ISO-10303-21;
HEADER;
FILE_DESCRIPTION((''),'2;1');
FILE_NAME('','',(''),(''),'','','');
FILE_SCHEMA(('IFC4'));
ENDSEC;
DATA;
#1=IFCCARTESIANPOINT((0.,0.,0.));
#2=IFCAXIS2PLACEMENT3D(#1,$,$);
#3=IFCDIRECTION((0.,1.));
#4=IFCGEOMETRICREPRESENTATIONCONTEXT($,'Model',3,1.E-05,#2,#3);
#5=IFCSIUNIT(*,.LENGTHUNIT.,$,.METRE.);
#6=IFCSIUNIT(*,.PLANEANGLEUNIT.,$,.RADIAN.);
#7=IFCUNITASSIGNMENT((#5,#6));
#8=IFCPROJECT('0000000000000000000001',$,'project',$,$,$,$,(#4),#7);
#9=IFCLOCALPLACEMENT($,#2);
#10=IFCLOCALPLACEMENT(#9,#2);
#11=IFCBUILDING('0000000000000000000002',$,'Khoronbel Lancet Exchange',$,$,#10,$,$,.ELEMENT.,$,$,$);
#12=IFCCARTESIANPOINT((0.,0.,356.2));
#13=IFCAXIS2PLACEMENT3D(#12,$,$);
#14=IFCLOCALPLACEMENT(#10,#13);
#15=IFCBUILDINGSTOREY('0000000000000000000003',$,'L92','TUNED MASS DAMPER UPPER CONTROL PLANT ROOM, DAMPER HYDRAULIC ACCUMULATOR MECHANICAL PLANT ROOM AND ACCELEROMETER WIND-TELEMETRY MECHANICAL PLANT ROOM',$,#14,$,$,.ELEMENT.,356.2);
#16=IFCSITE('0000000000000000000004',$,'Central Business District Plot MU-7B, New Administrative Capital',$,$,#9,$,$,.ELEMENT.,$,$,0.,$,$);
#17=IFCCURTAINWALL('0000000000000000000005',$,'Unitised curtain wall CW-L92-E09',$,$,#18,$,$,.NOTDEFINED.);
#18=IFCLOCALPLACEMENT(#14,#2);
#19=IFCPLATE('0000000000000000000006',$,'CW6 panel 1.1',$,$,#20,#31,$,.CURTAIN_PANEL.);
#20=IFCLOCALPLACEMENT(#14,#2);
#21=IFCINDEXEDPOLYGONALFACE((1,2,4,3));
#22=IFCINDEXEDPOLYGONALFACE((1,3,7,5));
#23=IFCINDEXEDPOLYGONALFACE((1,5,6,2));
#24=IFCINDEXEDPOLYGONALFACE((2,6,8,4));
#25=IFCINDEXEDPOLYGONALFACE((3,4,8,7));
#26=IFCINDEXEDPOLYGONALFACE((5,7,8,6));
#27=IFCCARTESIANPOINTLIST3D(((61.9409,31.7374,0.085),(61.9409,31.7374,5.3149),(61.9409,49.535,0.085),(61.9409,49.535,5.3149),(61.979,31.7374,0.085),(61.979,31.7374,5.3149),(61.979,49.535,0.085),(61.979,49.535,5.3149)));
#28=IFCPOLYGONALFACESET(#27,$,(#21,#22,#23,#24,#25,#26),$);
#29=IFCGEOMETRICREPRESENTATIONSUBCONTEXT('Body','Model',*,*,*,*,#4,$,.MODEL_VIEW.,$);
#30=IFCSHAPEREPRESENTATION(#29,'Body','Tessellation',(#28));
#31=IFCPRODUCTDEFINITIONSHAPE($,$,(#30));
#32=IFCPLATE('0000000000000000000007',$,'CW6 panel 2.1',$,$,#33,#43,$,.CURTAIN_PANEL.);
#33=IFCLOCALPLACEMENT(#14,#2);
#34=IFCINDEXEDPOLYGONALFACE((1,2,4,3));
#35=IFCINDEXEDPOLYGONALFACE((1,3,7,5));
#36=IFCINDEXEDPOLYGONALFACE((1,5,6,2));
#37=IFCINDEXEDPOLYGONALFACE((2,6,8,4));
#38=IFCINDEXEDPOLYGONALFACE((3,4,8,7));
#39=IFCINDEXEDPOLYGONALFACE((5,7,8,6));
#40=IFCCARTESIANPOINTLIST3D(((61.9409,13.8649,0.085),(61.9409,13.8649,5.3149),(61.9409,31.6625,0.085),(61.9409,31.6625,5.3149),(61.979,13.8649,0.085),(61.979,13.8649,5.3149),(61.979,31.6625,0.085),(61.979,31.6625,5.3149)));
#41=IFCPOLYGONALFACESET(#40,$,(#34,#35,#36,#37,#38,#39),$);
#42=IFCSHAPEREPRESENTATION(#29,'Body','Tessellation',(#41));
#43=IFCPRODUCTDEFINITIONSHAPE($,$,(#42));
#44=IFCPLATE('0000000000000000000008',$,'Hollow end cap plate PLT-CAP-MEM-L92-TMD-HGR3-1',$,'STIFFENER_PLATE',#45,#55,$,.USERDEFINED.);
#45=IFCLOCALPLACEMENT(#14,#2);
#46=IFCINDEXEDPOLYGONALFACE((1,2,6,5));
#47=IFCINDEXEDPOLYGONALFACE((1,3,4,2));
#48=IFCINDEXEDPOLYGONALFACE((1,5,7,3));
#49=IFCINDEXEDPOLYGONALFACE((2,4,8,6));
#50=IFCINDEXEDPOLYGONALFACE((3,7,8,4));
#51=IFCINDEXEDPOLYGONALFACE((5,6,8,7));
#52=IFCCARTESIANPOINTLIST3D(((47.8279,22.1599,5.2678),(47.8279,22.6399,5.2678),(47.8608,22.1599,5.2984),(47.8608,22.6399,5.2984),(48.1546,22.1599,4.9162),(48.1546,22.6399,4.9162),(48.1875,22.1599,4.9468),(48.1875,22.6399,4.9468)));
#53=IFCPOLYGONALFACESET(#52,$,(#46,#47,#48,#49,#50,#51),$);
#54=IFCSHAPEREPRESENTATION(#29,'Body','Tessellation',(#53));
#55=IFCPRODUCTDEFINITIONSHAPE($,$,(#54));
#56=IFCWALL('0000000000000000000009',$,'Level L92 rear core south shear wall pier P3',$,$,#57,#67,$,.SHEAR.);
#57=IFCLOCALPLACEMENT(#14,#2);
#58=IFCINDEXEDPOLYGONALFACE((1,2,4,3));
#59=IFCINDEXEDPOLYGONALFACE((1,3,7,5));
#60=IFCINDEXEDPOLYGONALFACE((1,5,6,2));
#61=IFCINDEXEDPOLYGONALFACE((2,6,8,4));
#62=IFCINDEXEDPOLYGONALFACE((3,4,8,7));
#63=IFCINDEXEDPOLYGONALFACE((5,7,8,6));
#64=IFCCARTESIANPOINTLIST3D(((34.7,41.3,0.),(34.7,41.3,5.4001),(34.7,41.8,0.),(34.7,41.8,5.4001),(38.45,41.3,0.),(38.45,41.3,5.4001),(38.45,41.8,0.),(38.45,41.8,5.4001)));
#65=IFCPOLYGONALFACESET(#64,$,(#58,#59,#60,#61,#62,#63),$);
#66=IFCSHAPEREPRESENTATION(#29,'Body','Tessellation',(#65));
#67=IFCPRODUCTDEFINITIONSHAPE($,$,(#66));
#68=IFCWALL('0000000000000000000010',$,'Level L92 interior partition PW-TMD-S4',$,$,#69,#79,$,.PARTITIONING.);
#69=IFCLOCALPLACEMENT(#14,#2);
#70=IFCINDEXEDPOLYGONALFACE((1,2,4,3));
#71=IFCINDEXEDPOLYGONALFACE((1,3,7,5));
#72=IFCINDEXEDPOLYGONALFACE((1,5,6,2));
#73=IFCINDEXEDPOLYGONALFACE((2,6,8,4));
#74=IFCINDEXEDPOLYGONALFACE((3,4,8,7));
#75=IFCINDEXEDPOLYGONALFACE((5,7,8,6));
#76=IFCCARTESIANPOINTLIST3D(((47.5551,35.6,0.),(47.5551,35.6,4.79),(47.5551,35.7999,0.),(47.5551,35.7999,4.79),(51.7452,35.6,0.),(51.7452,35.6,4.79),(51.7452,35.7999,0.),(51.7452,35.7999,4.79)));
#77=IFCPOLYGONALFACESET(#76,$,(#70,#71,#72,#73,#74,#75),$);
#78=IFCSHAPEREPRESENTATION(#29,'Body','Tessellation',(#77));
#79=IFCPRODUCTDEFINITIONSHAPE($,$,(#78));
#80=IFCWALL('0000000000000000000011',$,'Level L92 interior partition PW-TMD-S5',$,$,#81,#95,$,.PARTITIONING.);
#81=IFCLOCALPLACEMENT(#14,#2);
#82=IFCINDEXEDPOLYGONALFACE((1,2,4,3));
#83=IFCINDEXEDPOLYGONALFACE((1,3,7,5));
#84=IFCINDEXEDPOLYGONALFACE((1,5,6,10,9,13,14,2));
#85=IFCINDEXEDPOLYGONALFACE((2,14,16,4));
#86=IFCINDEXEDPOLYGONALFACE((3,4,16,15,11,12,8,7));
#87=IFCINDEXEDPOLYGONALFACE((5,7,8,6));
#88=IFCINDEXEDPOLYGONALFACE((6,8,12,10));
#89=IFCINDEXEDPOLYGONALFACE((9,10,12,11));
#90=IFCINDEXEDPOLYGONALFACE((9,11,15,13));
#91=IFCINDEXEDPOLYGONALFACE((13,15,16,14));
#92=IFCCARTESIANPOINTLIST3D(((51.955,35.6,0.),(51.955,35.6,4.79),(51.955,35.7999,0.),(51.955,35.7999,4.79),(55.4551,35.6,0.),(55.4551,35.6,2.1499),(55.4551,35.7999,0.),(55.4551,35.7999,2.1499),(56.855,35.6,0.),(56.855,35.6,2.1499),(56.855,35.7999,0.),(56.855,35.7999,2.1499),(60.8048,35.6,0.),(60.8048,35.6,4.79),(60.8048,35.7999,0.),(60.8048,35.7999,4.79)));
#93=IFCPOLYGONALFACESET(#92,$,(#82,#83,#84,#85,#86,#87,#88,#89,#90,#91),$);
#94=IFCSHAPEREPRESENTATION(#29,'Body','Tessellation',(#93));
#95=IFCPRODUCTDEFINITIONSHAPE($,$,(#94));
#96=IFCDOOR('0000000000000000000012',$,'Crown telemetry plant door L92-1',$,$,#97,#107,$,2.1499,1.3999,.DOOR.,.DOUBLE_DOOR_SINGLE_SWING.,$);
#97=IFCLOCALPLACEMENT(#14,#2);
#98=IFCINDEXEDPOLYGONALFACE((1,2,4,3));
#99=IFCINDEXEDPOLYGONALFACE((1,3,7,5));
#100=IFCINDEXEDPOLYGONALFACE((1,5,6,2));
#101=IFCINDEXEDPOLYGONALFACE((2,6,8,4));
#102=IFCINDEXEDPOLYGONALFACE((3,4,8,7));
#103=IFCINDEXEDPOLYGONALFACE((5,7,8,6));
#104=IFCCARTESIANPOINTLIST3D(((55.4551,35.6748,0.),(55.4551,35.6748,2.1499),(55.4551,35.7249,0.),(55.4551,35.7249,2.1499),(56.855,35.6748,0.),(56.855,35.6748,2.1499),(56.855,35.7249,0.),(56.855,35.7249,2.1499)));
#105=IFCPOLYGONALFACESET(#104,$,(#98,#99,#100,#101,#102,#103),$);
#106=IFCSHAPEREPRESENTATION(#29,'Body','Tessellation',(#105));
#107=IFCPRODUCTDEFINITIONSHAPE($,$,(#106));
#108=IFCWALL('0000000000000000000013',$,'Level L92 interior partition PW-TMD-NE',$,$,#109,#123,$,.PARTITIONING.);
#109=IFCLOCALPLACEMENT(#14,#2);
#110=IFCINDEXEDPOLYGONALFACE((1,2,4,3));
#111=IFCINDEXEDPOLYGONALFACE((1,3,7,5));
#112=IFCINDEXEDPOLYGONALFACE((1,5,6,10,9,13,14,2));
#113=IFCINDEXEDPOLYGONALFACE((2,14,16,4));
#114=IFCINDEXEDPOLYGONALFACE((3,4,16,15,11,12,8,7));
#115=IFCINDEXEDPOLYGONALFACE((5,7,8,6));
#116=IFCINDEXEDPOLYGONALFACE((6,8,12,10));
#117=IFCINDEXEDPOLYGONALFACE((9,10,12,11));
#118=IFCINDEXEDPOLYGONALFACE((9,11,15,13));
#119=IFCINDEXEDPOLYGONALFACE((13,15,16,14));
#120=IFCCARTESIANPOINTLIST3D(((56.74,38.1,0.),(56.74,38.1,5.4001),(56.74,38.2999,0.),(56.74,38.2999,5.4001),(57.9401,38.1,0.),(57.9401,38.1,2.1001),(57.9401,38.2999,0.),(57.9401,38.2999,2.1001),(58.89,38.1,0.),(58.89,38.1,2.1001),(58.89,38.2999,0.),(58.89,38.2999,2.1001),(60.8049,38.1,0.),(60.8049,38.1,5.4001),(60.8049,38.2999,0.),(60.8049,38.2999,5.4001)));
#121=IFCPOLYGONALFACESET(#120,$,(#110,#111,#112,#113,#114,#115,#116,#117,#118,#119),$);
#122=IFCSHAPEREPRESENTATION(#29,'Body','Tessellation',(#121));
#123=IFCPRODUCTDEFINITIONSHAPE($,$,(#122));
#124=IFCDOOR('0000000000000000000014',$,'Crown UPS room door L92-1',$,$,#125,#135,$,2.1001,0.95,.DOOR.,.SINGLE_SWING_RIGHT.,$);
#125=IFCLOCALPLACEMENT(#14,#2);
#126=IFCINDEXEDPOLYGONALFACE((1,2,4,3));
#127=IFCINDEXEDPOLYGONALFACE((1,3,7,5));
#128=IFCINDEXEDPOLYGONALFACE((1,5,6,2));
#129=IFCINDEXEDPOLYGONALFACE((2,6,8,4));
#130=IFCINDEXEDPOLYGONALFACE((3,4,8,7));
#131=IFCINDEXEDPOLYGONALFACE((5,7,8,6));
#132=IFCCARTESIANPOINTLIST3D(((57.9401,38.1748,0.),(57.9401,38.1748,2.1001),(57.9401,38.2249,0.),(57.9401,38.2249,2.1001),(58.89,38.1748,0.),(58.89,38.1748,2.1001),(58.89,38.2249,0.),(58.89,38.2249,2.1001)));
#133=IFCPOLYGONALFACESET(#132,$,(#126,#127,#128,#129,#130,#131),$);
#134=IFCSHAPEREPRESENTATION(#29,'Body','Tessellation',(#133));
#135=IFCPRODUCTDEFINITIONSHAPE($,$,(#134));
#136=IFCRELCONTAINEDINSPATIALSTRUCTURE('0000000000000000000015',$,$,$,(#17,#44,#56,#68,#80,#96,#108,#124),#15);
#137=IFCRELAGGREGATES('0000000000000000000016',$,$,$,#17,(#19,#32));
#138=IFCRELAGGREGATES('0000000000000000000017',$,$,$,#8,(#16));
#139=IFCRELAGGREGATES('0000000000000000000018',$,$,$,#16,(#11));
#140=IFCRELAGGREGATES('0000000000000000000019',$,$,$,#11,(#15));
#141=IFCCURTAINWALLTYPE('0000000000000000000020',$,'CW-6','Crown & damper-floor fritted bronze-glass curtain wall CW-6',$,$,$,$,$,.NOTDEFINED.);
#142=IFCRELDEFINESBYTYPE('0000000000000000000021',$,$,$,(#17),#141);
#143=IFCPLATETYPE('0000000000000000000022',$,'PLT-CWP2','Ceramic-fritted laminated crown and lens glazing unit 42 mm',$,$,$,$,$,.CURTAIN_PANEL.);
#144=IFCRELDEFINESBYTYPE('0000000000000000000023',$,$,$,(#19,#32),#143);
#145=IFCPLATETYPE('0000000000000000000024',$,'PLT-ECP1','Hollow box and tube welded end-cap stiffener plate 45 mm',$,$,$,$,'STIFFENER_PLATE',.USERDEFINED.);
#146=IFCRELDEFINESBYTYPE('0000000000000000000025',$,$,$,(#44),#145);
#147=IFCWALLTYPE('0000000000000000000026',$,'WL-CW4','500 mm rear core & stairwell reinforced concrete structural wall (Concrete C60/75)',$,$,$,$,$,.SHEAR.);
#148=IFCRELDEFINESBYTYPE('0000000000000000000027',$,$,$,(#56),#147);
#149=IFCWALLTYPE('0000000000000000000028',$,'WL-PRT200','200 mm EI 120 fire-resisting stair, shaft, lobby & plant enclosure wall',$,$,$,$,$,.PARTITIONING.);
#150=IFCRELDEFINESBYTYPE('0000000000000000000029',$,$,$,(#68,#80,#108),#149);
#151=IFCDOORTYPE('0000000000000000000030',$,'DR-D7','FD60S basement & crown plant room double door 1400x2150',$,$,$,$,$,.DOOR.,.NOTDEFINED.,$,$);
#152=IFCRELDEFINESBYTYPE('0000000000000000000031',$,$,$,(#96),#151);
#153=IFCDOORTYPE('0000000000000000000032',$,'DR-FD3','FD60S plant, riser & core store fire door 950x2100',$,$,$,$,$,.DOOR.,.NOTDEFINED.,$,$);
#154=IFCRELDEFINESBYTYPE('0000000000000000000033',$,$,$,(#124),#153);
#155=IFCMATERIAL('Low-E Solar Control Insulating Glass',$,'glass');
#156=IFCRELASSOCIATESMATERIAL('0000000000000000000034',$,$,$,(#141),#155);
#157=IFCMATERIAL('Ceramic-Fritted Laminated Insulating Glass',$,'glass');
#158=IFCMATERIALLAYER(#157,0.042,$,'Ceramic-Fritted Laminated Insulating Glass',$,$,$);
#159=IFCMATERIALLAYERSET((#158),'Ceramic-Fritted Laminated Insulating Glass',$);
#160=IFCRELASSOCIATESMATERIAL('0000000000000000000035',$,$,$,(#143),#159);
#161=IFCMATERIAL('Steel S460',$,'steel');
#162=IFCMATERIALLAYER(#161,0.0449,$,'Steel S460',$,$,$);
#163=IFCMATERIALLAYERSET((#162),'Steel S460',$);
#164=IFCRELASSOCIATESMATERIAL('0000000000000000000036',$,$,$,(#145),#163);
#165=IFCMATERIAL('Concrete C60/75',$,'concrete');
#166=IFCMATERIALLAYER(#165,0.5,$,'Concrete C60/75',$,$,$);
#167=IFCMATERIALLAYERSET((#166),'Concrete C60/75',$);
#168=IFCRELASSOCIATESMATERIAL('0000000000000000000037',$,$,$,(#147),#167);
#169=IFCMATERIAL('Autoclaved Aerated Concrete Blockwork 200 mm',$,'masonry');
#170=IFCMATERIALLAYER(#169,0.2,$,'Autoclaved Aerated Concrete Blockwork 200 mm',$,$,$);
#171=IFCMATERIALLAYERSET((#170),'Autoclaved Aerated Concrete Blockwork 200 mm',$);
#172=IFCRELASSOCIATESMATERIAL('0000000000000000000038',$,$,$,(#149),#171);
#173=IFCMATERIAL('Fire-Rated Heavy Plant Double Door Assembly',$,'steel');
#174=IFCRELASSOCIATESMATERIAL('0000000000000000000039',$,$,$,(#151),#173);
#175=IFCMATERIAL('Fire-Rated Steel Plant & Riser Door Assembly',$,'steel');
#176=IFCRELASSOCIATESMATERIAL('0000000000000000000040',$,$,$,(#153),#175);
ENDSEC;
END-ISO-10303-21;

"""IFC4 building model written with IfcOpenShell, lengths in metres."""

from ifc_helpers import new_model, si_unit, direction, frame, frame_2d, origin, origin_2d, place, context, subcontext, project, spatial, polyline, rectangle, outline, extrude, material, layer, layer_set, type_object, element, fill, aggregate, save


model = new_model("IFC4")

# Units and contexts
model_context = context("Model", 3, precision=1e-05, world=origin(), true_north=direction((0.0, 1.0)))
body_context = subcontext(model_context, "Body", "Model", "MODEL_VIEW")
ifc_project = project(units=[si_unit("LENGTHUNIT", "METRE"), si_unit("PLANEANGLEUNIT", "RADIAN")], contexts=[model_context])

# Site, building, storey
site_placement = place(None, origin())
site = spatial("IfcSite", under=ifc_project, at=site_placement, Name="Central Business District Plot MU-7B, New Administrative Capital", CompositionType="ELEMENT", RefElevation=0.0)
building_placement = place(site_placement, origin())
building = spatial("IfcBuilding", under=site, at=building_placement, Name="Khoronbel Lancet Exchange", CompositionType="ELEMENT")
storey_placement = place(building_placement, frame((0.0, 0.0, 356.2)))
storey = spatial("IfcBuildingStorey", under=building, at=storey_placement, Name="L92", Description="TUNED MASS DAMPER UPPER CONTROL PLANT ROOM, DAMPER HYDRAULIC ACCUMULATOR MECHANICAL PLANT ROOM AND ACCELEROMETER WIND-TELEMETRY MECHANICAL PLANT ROOM", CompositionType="ELEMENT", Elevation=356.2)

# Shared definitions
ifc_material_1 = material(Name="Concrete C60/75", Category="concrete")

# Curtain wall
ifc_material_2 = material(Name="Low-E Solar Control Insulating Glass", Category="glass")
curtain_wall_type = type_object("IfcCurtainWallType", Name="CW-6", Description="Crown & damper-floor fritted bronze-glass curtain wall CW-6", PredefinedType="NOTDEFINED", material=ifc_material_2)
curtain_wall_placement = place(storey_placement, origin())
curtain_wall = element("IfcCurtainWall", 1, at=curtain_wall_placement, inside=storey, type_object=curtain_wall_type, Name="Unitised curtain wall CW-L92-E09", PredefinedType="NOTDEFINED")

# Plates
ifc_material_3 = material(Name="Ceramic-Fritted Laminated Insulating Glass", Category="glass")
ifc_layer_1 = layer(ifc_material_3, 0.042, Name="Ceramic-Fritted Laminated Insulating Glass")
ifc_layer_set_1 = layer_set([ifc_layer_1], Name="Ceramic-Fritted Laminated Insulating Glass")
plate_type_1 = type_object("IfcPlateType", Name="PLT-CWP2", Description="Ceramic-fritted laminated crown and lens glazing unit 42 mm", PredefinedType="CURTAIN_PANEL", material=ifc_layer_set_1)
plate_1_placement = place(storey_placement, frame((61.96, 40.6362, 0.085), z_axis=(0.0, 0.0, 1.0), x_axis=(0.0, -1.0, 0.0)))
plate_1 = element("IfcPlate", 2, at=plate_1_placement, type_object=plate_type_1, Name="CW6 panel 1.1", PredefinedType="CURTAIN_PANEL", context=body_context, shape_type="SweptSolid", body=[
    extrude(rectangle(XDim=17.7976, YDim=0.0381, at=origin_2d()), origin(), (0.0, 0.0, 1.0), 5.23),
])
plate_2_placement = place(storey_placement, frame((61.96, 22.7637, 0.085), z_axis=(0.0, 0.0, 1.0), x_axis=(0.0, -1.0, 0.0)))
plate_2 = element("IfcPlate", 3, at=plate_2_placement, type_object=plate_type_1, Name="CW6 panel 2.1", PredefinedType="CURTAIN_PANEL", context=body_context, shape_type="SweptSolid", body=[
    extrude(rectangle(XDim=17.7976, YDim=0.0381, at=origin_2d()), origin(), (0.0, 0.0, 1.0), 5.23),
])
aggregate(curtain_wall, [plate_1, plate_2])
ifc_material_4 = material(Name="Steel S460", Category="steel")
ifc_layer_2 = layer(ifc_material_4, 0.0449, Name="Steel S460")
ifc_layer_set_2 = layer_set([ifc_layer_2], Name="Steel S460")
plate_type_2 = type_object("IfcPlateType", Name="PLT-ECP1", Description="Hollow box and tube welded end-cap stiffener plate 45 mm", ElementType="STIFFENER_PLATE", PredefinedType="USERDEFINED", material=ifc_layer_set_2)
plate_3_placement = place(storey_placement, frame((48.1875, 22.1599, 4.9468), z_axis=(0.732576, 0.0, 0.680685), x_axis=(0.0, 1.0, 0.0)))
element("IfcPlate", 4, at=plate_3_placement, inside=storey, type_object=plate_type_2, Name="Hollow end cap plate PLT-CAP-MEM-L92-TMD-HGR3-1", ObjectType="STIFFENER_PLATE", PredefinedType="USERDEFINED", context=body_context, shape_type="SweptSolid", body=[
    extrude(outline(polyline([(0.0, 0.0), (0.48, 0.0), (0.48, 0.48), (0.0, 0.48), (0.0, 0.0)])), origin(), (0.0, 0.0, -1.0), 0.0449),
])

# Walls
ifc_layer_3 = layer(ifc_material_1, 0.5, Name="Concrete C60/75")
ifc_layer_set_3 = layer_set([ifc_layer_3], Name="Concrete C60/75")
wall_type_1 = type_object("IfcWallType", Name="WL-CW4", Description="500 mm rear core & stairwell reinforced concrete structural wall (Concrete C60/75)", PredefinedType="SHEAR", material=ifc_layer_set_3)
wall_1_placement = place(storey_placement, frame((38.45, 41.55, 0.0), z_axis=(0.0, 0.0, 1.0), x_axis=(-1.0, 0.0, 0.0)))
element("IfcWall", 5, at=wall_1_placement, inside=storey, type_object=wall_type_1, Name="Level L92 rear core south shear wall pier P3", PredefinedType="SHEAR", context=body_context, shape_type="SweptSolid", body=[
    extrude(rectangle(XDim=3.75, YDim=0.5, at=frame_2d((1.875, 0.0))), origin(), (0.0, 0.0, 1.0), 5.4001),
])
ifc_material_5 = material(Name="Autoclaved Aerated Concrete Blockwork 200 mm", Category="masonry")
ifc_layer_4 = layer(ifc_material_5, 0.2, Name="Autoclaved Aerated Concrete Blockwork 200 mm")
ifc_layer_set_4 = layer_set([ifc_layer_4], Name="Autoclaved Aerated Concrete Blockwork 200 mm")
wall_type_2 = type_object("IfcWallType", Name="WL-PRT200", Description="200 mm EI 120 fire-resisting stair, shaft, lobby & plant enclosure wall", PredefinedType="PARTITIONING", material=ifc_layer_set_4)
wall_2_placement = place(storey_placement, frame((47.5549, 35.7, 0.0), z_axis=(0.0, 0.0, 1.0), x_axis=(1.0, 0.0, 0.0)))
element("IfcWall", 6, at=wall_2_placement, inside=storey, type_object=wall_type_2, Name="Level L92 interior partition PW-TMD-S4", PredefinedType="PARTITIONING", context=body_context, shape_type="SweptSolid", body=[
    extrude(rectangle(XDim=4.1902, YDim=0.2, at=frame_2d((2.0952, 0.0))), origin(), (0.0, 0.0, 1.0), 4.79),
])

# Walls, openings, doors
wall_3_placement = place(storey_placement, frame((51.9551, 35.7, 0.0), z_axis=(0.0, 0.0, 1.0), x_axis=(1.0, 0.0, 0.0)))
wall_3 = element("IfcWall", 7, at=wall_3_placement, inside=storey, type_object=wall_type_2, Name="Level L92 interior partition PW-TMD-S5", PredefinedType="PARTITIONING", context=body_context, shape_type="SweptSolid", body=[
    extrude(rectangle(XDim=8.8499, YDim=0.2, at=frame_2d((4.4248, 0.0))), origin(), (0.0, 0.0, 1.0), 4.79),
])
opening_1_placement = place(wall_3_placement, frame((3.5, 0.0, 0.0)))
opening_1 = element("IfcOpeningElement", 8, at=opening_1_placement, cuts=wall_3, PredefinedType="OPENING", context=body_context, shape_type="SweptSolid", body=[
    extrude(rectangle(XDim=1.3999, YDim=2.1499, at=frame_2d((0.7, 1.075))), frame((0.0, 0.1099, 0.0), z_axis=(0.0, -1.0, 0.0), x_axis=(1.0, 0.0, 0.0)), (0.0, 0.0, 1.0), 0.22),
])
ifc_material_6 = material(Name="Fire-Rated Heavy Plant Double Door Assembly", Category="steel")
door_type_1 = type_object("IfcDoorType", Name="DR-D7", Description="FD60S basement & crown plant room double door 1400x2150", OperationType="NOTDEFINED", PredefinedType="DOOR", material=ifc_material_6)
door_1_placement = place(opening_1_placement, origin())
door_1 = element("IfcDoor", 9, at=door_1_placement, inside=storey, type_object=door_type_1, Name="Crown telemetry plant door L92-1", OperationType="DOUBLE_DOOR_SINGLE_SWING", OverallHeight=2.1499, OverallWidth=1.3999, PredefinedType="DOOR", context=body_context, shape_type="SweptSolid", body=[
    extrude(rectangle(XDim=1.3999, YDim=2.1499, at=frame_2d((0.7, 1.075))), frame((0.0, 0.0249, 0.0), z_axis=(0.0, -1.0, 0.0), x_axis=(1.0, 0.0, 0.0)), (0.0, 0.0, 1.0), 0.05),
])
fill(opening_1, door_1)
wall_4_placement = place(storey_placement, frame((56.74, 38.2, 0.0), z_axis=(0.0, 0.0, 1.0), x_axis=(1.0, 0.0, 0.0)))
wall_4 = element("IfcWall", 10, at=wall_4_placement, inside=storey, type_object=wall_type_2, Name="Level L92 interior partition PW-TMD-NE", PredefinedType="PARTITIONING", context=body_context, shape_type="SweptSolid", body=[
    extrude(rectangle(XDim=4.0649, YDim=0.2, at=frame_2d((2.0325, 0.0))), origin(), (0.0, 0.0, 1.0), 5.4001),
])
opening_2_placement = place(wall_4_placement, frame((1.2, 0.0, 0.0)))
opening_2 = element("IfcOpeningElement", 11, at=opening_2_placement, cuts=wall_4, PredefinedType="OPENING", context=body_context, shape_type="SweptSolid", body=[
    extrude(rectangle(XDim=0.95, YDim=2.1001, at=frame_2d((0.4751, 1.05))), frame((0.0, 0.1099, 0.0), z_axis=(0.0, -1.0, 0.0), x_axis=(1.0, 0.0, 0.0)), (0.0, 0.0, 1.0), 0.22),
])
ifc_material_7 = material(Name="Fire-Rated Steel Plant & Riser Door Assembly", Category="steel")
door_type_2 = type_object("IfcDoorType", Name="DR-FD3", Description="FD60S plant, riser & core store fire door 950x2100", OperationType="NOTDEFINED", PredefinedType="DOOR", material=ifc_material_7)
door_2_placement = place(opening_2_placement, origin())
door_2 = element("IfcDoor", 12, at=door_2_placement, inside=storey, type_object=door_type_2, Name="Crown UPS room door L92-1", OperationType="SINGLE_SWING_RIGHT", OverallHeight=2.1001, OverallWidth=0.95, PredefinedType="DOOR", context=body_context, shape_type="SweptSolid", body=[
    extrude(rectangle(XDim=0.95, YDim=2.1001, at=frame_2d((0.4751, 1.05))), frame((0.0, 0.0249, 0.0), z_axis=(0.0, -1.0, 0.0), x_axis=(1.0, 0.0, 0.0)), (0.0, 0.0, 1.0), 0.05),
])
fill(opening_2, door_2)

save(model, "model.ifc")
